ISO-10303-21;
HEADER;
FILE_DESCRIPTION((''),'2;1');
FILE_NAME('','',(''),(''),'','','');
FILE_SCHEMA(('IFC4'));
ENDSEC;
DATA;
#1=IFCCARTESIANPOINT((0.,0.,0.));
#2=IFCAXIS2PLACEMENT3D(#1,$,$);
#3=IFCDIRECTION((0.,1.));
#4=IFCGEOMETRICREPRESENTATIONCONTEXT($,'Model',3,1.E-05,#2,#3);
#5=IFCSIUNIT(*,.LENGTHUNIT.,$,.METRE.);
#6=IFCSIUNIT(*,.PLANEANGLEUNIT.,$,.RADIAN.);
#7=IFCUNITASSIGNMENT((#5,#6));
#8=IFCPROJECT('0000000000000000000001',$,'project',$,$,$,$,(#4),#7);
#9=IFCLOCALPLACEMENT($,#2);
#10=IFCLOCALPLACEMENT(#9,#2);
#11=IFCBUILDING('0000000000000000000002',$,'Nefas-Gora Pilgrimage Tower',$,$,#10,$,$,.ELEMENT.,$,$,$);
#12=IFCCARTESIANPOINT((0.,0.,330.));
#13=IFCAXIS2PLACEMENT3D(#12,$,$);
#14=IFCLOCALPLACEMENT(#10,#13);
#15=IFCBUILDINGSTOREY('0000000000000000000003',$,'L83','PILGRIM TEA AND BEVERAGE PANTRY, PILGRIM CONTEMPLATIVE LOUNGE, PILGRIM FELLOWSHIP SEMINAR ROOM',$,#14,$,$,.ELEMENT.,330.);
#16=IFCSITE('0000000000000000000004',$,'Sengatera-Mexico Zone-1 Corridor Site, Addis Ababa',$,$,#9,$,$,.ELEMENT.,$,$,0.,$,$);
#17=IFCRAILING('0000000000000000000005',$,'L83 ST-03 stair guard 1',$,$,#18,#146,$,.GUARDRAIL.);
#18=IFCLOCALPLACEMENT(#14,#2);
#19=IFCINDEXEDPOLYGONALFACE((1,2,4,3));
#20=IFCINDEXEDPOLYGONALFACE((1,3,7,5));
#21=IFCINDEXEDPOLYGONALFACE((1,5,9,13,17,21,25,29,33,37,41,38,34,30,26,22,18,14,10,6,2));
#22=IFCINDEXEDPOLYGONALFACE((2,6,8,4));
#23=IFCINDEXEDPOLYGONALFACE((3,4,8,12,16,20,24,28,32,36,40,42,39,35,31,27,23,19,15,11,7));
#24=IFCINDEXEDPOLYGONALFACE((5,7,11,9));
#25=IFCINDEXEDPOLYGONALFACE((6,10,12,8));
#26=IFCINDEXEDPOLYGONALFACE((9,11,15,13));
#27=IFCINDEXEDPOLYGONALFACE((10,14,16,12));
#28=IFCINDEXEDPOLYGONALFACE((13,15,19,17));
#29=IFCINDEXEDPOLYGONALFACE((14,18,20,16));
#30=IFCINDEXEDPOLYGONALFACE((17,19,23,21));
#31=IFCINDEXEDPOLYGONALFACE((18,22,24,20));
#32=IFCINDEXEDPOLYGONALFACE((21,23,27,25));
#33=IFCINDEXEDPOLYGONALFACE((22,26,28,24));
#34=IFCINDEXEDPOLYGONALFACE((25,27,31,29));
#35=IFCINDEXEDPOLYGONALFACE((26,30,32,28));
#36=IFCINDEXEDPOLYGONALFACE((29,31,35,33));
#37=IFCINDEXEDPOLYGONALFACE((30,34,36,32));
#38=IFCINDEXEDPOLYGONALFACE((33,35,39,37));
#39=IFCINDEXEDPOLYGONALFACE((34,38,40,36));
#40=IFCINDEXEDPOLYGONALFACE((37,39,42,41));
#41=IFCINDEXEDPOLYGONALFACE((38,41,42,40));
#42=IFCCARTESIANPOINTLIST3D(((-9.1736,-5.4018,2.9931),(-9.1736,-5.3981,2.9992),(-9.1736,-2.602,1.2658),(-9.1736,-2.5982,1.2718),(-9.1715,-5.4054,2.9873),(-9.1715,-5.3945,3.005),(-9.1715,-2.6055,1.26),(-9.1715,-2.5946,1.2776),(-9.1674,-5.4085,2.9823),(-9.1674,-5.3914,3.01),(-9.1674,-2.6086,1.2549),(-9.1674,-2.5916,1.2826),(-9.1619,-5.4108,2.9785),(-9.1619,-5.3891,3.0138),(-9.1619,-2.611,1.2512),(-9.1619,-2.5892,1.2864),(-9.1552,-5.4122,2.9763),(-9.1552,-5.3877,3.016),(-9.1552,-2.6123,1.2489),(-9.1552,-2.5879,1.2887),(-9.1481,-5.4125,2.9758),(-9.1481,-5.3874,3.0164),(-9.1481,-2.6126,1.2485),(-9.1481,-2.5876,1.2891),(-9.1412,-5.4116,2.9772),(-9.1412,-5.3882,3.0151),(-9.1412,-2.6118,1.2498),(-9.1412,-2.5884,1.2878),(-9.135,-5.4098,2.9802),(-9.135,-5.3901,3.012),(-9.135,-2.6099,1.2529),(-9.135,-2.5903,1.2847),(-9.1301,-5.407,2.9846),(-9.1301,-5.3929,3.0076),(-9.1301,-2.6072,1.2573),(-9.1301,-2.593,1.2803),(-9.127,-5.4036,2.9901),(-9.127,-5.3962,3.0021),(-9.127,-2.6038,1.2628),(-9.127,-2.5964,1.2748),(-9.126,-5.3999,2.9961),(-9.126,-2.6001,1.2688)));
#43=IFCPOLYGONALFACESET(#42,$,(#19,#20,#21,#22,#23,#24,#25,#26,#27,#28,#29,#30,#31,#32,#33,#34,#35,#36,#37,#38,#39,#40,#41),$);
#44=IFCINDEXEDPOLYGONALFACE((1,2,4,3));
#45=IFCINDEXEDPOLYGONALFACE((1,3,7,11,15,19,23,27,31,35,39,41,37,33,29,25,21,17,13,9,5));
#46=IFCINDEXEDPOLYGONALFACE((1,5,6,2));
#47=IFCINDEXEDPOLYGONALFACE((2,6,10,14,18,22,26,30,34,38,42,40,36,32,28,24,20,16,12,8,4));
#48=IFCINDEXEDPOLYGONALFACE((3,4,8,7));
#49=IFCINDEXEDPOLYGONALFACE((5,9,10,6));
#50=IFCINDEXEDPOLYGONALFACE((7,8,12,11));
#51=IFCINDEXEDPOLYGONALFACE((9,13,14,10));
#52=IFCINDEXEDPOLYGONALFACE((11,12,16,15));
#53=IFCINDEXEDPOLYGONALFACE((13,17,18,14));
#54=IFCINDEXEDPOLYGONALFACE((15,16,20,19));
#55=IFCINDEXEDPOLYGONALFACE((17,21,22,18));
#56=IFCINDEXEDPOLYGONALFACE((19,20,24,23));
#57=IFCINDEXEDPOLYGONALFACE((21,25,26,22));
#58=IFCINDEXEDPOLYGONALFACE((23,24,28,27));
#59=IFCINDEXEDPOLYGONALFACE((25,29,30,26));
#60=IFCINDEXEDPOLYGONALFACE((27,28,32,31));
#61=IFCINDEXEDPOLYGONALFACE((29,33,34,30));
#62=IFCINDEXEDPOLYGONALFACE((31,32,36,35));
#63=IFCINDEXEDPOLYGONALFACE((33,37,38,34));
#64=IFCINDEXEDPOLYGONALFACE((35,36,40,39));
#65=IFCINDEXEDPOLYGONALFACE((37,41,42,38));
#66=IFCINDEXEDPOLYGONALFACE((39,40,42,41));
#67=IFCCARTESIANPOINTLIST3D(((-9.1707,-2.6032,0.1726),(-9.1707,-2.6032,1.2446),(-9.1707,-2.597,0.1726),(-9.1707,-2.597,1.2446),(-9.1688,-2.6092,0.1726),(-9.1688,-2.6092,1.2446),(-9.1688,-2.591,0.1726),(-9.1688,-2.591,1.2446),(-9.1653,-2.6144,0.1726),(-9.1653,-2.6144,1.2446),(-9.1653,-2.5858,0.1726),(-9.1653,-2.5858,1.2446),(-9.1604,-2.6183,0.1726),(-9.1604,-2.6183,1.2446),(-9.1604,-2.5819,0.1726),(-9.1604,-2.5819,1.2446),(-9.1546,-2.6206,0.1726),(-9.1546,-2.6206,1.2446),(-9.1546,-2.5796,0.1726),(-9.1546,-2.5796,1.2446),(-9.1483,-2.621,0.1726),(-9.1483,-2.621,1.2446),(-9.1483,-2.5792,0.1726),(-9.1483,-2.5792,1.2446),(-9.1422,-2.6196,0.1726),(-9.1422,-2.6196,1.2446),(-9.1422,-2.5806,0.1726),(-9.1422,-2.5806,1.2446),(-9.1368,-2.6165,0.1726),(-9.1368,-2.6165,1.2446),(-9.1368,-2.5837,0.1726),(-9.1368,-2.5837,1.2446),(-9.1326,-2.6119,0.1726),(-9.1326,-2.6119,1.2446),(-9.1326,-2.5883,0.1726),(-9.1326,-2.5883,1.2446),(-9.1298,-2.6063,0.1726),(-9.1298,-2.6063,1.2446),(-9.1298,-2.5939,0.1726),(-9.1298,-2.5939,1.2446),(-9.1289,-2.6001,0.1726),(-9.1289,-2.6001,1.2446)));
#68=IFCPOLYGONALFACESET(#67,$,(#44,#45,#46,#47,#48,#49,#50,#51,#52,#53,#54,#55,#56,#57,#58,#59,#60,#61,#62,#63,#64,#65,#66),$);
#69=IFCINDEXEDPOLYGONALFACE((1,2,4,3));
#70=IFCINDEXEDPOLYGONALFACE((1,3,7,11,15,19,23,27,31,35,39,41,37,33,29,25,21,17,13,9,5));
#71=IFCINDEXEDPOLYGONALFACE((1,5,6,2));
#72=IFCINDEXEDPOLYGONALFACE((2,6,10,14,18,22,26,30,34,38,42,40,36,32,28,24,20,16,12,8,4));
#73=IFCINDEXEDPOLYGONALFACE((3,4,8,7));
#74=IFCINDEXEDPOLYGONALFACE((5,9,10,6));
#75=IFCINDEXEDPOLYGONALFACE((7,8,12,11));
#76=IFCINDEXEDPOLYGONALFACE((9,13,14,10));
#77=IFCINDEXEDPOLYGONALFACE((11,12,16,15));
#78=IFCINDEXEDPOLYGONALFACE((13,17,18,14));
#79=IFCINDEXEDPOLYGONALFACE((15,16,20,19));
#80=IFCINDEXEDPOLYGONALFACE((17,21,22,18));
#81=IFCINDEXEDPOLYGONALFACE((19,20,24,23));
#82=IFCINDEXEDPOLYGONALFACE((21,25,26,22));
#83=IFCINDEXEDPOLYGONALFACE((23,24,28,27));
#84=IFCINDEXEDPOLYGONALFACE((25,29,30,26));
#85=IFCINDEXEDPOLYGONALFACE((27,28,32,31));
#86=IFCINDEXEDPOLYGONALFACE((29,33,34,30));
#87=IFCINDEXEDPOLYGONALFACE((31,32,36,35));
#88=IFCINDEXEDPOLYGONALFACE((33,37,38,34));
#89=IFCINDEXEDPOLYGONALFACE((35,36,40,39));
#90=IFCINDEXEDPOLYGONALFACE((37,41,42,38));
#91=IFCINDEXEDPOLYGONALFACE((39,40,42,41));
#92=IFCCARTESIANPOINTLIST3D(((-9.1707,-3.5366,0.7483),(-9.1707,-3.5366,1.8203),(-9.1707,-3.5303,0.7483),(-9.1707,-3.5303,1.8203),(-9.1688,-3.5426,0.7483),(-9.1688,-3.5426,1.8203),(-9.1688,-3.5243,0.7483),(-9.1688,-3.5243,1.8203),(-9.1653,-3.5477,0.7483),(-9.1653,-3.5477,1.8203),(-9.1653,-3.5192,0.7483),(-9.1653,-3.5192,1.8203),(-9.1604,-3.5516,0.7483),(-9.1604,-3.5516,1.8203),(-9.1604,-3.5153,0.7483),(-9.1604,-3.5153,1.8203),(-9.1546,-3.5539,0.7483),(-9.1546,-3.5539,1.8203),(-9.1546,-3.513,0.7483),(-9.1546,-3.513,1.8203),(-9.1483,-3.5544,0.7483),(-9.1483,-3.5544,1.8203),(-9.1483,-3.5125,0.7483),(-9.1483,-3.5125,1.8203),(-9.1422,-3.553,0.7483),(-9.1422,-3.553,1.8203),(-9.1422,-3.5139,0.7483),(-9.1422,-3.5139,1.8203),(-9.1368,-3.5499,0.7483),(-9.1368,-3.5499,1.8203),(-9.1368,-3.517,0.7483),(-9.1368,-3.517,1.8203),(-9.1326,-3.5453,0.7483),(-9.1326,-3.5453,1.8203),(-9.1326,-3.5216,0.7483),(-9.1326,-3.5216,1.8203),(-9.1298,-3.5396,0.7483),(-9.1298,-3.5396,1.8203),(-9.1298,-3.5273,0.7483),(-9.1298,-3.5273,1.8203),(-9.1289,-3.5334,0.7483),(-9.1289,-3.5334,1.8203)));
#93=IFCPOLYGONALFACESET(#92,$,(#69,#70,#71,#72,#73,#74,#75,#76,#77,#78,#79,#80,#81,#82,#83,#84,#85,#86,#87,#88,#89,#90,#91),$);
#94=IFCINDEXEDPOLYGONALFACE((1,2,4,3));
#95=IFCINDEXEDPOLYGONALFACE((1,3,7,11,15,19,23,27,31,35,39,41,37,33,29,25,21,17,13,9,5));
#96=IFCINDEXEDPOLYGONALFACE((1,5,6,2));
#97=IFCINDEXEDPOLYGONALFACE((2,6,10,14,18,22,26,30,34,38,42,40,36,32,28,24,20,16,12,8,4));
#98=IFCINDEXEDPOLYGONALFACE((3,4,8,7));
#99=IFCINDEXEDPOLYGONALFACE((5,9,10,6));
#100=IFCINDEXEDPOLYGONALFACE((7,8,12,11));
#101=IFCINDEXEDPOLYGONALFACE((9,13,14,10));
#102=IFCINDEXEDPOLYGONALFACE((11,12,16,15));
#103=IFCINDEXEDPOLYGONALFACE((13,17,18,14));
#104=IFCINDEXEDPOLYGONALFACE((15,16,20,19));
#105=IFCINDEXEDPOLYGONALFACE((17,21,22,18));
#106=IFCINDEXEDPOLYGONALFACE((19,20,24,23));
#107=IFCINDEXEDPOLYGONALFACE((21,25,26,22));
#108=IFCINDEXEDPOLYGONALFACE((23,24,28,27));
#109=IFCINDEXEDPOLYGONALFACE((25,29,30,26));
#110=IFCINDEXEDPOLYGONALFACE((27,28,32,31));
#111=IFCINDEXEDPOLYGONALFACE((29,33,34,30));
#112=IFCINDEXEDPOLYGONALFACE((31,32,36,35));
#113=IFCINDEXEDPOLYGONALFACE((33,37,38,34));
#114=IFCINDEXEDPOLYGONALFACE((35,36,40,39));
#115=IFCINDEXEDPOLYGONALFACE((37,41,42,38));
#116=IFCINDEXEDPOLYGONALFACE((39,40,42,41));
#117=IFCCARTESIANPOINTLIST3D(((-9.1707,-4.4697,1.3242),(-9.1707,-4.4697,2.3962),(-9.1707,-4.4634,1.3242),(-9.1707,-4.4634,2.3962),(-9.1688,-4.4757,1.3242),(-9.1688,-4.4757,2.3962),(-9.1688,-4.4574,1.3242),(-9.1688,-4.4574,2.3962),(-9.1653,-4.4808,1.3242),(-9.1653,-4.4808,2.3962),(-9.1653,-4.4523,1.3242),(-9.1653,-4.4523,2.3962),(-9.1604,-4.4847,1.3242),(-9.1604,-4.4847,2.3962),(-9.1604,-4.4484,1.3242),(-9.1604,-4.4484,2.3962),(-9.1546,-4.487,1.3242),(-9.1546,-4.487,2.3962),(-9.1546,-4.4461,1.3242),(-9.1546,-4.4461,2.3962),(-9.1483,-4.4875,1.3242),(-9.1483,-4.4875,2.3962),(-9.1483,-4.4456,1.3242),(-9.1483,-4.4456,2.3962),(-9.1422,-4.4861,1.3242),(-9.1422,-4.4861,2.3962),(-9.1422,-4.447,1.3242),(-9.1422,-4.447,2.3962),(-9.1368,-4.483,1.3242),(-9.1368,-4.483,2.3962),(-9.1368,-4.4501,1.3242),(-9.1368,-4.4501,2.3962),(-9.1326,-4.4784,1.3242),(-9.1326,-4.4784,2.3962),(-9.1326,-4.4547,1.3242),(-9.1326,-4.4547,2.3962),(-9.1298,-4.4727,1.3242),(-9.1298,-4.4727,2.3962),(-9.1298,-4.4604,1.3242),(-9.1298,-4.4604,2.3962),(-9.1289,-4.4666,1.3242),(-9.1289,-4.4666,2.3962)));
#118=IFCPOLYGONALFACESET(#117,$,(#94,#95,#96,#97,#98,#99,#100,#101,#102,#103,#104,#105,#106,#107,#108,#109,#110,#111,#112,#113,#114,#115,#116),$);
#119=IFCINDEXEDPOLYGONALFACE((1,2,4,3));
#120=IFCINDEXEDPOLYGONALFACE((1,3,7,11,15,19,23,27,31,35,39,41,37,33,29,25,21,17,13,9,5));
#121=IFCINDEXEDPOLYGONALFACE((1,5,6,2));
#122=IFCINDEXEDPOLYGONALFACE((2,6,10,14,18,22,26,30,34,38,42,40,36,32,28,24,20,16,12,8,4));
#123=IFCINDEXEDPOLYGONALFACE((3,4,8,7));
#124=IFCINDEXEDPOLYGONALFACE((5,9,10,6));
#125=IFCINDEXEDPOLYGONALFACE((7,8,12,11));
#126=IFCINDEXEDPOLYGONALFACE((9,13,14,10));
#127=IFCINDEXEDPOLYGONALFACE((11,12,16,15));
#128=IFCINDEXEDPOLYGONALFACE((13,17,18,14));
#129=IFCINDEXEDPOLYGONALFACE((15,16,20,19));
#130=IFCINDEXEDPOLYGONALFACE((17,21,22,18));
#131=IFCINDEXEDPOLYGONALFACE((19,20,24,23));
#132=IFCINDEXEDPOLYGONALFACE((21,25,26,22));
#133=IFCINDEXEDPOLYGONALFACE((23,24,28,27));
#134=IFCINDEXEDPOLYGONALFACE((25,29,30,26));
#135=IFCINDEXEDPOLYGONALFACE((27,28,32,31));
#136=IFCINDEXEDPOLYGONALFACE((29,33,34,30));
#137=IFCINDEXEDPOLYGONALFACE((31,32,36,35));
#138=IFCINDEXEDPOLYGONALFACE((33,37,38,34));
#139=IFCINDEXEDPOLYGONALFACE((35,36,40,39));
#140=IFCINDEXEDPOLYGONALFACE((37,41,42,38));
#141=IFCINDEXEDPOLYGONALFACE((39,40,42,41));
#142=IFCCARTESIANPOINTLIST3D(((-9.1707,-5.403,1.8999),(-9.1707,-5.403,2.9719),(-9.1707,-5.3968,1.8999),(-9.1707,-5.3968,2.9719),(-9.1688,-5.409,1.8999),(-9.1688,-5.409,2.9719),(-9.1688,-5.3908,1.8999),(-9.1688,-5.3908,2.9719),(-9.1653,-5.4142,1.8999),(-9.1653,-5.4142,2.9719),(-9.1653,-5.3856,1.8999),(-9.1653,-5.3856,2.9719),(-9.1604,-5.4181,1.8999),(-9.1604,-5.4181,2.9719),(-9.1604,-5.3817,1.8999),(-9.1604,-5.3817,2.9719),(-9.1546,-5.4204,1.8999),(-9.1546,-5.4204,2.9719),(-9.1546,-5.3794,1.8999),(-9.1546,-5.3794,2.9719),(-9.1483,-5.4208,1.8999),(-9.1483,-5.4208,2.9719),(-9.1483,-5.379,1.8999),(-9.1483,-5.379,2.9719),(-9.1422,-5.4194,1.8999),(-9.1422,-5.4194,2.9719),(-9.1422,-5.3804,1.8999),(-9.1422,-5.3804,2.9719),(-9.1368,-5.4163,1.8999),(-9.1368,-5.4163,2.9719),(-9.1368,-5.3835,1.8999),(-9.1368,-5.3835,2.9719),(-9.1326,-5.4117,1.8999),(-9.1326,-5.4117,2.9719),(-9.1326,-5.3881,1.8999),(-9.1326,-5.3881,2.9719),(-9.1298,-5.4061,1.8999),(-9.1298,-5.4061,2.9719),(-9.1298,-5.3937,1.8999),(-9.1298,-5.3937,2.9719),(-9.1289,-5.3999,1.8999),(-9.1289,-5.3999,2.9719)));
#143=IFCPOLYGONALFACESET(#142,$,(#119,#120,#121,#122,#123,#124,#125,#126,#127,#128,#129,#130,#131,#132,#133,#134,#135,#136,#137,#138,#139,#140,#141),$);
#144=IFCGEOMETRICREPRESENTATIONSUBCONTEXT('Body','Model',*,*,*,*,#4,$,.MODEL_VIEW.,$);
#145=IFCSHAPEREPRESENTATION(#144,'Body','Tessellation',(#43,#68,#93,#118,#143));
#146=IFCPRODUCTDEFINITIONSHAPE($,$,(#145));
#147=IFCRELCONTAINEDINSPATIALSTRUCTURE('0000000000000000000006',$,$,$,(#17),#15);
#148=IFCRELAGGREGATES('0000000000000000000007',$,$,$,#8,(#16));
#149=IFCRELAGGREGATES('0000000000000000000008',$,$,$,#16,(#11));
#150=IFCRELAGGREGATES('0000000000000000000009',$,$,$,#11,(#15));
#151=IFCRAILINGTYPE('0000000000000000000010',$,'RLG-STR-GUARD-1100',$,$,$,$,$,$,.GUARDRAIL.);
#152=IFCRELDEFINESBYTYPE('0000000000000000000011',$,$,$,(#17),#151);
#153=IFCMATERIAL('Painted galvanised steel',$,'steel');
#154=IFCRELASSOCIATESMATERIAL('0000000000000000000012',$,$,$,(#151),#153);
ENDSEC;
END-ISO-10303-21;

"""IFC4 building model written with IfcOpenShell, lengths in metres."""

from ifc_helpers import new_model, si_unit, direction, frame, origin, origin_2d, place, context, subcontext, project, spatial, circle, extrude, material, type_object, element, save


model = new_model("IFC4")

# Units and contexts
model_context = context("Model", 3, precision=1e-05, world=origin(), true_north=direction((0.0, 1.0)))
body_context = subcontext(model_context, "Body", "Model", "MODEL_VIEW")
ifc_project = project(units=[si_unit("LENGTHUNIT", "METRE"), si_unit("PLANEANGLEUNIT", "RADIAN")], contexts=[model_context])

# Site, building, storey
site_placement = place(None, origin())
site = spatial("IfcSite", under=ifc_project, at=site_placement, Name="Sengatera-Mexico Zone-1 Corridor Site, Addis Ababa", CompositionType="ELEMENT", RefElevation=0.0)
building_placement = place(site_placement, origin())
building = spatial("IfcBuilding", under=site, at=building_placement, Name="Nefas-Gora Pilgrimage Tower", CompositionType="ELEMENT")
storey_placement = place(building_placement, frame((0.0, 0.0, 330.0)))
storey = spatial("IfcBuildingStorey", under=building, at=storey_placement, Name="L83", Description="PILGRIM TEA AND BEVERAGE PANTRY, PILGRIM CONTEMPLATIVE LOUNGE, PILGRIM FELLOWSHIP SEMINAR ROOM", CompositionType="ELEMENT", Elevation=330.0)

# Railing
ifc_material_1 = material(Name="Painted galvanised steel", Category="steel")
railing_type_1 = type_object("IfcRailingType", Name="RLG-STR-GUARD-1100", PredefinedType="GUARDRAIL", material=ifc_material_1)
railing_1_placement = place(storey_placement, frame((-9.1499, -2.6001, 0.1726)))
element("IfcRailing", 1, at=railing_1_placement, inside=storey, type_object=railing_type_1, Name="L83 ST-03 stair guard 1", PredefinedType="GUARDRAIL", context=body_context, shape_type="SweptSolid", body=[
    extrude(circle(Radius=0.0239, at=origin_2d()), frame((0.0, 0.0, 1.0962), z_axis=(0.0, -0.851069, 0.525054), x_axis=(1.0, 0.0, 0.0)), (0.0, 0.0, 1.0), 3.2898),
    extrude(circle(Radius=0.021, at=origin_2d()), origin(), (0.0, 0.0, 1.0), 1.072),
    extrude(circle(Radius=0.021, at=origin_2d()), frame((0.0, -0.9333, 0.5757)), (0.0, 0.0, 1.0), 1.072),
    extrude(circle(Radius=0.021, at=origin_2d()), frame((0.0, -1.8665, 1.1516)), (0.0, 0.0, 1.0), 1.072),
    extrude(circle(Radius=0.021, at=origin_2d()), frame((0.0, -2.7998, 1.7273)), (0.0, 0.0, 1.0), 1.072),
])

save(model, "model.ifc")
